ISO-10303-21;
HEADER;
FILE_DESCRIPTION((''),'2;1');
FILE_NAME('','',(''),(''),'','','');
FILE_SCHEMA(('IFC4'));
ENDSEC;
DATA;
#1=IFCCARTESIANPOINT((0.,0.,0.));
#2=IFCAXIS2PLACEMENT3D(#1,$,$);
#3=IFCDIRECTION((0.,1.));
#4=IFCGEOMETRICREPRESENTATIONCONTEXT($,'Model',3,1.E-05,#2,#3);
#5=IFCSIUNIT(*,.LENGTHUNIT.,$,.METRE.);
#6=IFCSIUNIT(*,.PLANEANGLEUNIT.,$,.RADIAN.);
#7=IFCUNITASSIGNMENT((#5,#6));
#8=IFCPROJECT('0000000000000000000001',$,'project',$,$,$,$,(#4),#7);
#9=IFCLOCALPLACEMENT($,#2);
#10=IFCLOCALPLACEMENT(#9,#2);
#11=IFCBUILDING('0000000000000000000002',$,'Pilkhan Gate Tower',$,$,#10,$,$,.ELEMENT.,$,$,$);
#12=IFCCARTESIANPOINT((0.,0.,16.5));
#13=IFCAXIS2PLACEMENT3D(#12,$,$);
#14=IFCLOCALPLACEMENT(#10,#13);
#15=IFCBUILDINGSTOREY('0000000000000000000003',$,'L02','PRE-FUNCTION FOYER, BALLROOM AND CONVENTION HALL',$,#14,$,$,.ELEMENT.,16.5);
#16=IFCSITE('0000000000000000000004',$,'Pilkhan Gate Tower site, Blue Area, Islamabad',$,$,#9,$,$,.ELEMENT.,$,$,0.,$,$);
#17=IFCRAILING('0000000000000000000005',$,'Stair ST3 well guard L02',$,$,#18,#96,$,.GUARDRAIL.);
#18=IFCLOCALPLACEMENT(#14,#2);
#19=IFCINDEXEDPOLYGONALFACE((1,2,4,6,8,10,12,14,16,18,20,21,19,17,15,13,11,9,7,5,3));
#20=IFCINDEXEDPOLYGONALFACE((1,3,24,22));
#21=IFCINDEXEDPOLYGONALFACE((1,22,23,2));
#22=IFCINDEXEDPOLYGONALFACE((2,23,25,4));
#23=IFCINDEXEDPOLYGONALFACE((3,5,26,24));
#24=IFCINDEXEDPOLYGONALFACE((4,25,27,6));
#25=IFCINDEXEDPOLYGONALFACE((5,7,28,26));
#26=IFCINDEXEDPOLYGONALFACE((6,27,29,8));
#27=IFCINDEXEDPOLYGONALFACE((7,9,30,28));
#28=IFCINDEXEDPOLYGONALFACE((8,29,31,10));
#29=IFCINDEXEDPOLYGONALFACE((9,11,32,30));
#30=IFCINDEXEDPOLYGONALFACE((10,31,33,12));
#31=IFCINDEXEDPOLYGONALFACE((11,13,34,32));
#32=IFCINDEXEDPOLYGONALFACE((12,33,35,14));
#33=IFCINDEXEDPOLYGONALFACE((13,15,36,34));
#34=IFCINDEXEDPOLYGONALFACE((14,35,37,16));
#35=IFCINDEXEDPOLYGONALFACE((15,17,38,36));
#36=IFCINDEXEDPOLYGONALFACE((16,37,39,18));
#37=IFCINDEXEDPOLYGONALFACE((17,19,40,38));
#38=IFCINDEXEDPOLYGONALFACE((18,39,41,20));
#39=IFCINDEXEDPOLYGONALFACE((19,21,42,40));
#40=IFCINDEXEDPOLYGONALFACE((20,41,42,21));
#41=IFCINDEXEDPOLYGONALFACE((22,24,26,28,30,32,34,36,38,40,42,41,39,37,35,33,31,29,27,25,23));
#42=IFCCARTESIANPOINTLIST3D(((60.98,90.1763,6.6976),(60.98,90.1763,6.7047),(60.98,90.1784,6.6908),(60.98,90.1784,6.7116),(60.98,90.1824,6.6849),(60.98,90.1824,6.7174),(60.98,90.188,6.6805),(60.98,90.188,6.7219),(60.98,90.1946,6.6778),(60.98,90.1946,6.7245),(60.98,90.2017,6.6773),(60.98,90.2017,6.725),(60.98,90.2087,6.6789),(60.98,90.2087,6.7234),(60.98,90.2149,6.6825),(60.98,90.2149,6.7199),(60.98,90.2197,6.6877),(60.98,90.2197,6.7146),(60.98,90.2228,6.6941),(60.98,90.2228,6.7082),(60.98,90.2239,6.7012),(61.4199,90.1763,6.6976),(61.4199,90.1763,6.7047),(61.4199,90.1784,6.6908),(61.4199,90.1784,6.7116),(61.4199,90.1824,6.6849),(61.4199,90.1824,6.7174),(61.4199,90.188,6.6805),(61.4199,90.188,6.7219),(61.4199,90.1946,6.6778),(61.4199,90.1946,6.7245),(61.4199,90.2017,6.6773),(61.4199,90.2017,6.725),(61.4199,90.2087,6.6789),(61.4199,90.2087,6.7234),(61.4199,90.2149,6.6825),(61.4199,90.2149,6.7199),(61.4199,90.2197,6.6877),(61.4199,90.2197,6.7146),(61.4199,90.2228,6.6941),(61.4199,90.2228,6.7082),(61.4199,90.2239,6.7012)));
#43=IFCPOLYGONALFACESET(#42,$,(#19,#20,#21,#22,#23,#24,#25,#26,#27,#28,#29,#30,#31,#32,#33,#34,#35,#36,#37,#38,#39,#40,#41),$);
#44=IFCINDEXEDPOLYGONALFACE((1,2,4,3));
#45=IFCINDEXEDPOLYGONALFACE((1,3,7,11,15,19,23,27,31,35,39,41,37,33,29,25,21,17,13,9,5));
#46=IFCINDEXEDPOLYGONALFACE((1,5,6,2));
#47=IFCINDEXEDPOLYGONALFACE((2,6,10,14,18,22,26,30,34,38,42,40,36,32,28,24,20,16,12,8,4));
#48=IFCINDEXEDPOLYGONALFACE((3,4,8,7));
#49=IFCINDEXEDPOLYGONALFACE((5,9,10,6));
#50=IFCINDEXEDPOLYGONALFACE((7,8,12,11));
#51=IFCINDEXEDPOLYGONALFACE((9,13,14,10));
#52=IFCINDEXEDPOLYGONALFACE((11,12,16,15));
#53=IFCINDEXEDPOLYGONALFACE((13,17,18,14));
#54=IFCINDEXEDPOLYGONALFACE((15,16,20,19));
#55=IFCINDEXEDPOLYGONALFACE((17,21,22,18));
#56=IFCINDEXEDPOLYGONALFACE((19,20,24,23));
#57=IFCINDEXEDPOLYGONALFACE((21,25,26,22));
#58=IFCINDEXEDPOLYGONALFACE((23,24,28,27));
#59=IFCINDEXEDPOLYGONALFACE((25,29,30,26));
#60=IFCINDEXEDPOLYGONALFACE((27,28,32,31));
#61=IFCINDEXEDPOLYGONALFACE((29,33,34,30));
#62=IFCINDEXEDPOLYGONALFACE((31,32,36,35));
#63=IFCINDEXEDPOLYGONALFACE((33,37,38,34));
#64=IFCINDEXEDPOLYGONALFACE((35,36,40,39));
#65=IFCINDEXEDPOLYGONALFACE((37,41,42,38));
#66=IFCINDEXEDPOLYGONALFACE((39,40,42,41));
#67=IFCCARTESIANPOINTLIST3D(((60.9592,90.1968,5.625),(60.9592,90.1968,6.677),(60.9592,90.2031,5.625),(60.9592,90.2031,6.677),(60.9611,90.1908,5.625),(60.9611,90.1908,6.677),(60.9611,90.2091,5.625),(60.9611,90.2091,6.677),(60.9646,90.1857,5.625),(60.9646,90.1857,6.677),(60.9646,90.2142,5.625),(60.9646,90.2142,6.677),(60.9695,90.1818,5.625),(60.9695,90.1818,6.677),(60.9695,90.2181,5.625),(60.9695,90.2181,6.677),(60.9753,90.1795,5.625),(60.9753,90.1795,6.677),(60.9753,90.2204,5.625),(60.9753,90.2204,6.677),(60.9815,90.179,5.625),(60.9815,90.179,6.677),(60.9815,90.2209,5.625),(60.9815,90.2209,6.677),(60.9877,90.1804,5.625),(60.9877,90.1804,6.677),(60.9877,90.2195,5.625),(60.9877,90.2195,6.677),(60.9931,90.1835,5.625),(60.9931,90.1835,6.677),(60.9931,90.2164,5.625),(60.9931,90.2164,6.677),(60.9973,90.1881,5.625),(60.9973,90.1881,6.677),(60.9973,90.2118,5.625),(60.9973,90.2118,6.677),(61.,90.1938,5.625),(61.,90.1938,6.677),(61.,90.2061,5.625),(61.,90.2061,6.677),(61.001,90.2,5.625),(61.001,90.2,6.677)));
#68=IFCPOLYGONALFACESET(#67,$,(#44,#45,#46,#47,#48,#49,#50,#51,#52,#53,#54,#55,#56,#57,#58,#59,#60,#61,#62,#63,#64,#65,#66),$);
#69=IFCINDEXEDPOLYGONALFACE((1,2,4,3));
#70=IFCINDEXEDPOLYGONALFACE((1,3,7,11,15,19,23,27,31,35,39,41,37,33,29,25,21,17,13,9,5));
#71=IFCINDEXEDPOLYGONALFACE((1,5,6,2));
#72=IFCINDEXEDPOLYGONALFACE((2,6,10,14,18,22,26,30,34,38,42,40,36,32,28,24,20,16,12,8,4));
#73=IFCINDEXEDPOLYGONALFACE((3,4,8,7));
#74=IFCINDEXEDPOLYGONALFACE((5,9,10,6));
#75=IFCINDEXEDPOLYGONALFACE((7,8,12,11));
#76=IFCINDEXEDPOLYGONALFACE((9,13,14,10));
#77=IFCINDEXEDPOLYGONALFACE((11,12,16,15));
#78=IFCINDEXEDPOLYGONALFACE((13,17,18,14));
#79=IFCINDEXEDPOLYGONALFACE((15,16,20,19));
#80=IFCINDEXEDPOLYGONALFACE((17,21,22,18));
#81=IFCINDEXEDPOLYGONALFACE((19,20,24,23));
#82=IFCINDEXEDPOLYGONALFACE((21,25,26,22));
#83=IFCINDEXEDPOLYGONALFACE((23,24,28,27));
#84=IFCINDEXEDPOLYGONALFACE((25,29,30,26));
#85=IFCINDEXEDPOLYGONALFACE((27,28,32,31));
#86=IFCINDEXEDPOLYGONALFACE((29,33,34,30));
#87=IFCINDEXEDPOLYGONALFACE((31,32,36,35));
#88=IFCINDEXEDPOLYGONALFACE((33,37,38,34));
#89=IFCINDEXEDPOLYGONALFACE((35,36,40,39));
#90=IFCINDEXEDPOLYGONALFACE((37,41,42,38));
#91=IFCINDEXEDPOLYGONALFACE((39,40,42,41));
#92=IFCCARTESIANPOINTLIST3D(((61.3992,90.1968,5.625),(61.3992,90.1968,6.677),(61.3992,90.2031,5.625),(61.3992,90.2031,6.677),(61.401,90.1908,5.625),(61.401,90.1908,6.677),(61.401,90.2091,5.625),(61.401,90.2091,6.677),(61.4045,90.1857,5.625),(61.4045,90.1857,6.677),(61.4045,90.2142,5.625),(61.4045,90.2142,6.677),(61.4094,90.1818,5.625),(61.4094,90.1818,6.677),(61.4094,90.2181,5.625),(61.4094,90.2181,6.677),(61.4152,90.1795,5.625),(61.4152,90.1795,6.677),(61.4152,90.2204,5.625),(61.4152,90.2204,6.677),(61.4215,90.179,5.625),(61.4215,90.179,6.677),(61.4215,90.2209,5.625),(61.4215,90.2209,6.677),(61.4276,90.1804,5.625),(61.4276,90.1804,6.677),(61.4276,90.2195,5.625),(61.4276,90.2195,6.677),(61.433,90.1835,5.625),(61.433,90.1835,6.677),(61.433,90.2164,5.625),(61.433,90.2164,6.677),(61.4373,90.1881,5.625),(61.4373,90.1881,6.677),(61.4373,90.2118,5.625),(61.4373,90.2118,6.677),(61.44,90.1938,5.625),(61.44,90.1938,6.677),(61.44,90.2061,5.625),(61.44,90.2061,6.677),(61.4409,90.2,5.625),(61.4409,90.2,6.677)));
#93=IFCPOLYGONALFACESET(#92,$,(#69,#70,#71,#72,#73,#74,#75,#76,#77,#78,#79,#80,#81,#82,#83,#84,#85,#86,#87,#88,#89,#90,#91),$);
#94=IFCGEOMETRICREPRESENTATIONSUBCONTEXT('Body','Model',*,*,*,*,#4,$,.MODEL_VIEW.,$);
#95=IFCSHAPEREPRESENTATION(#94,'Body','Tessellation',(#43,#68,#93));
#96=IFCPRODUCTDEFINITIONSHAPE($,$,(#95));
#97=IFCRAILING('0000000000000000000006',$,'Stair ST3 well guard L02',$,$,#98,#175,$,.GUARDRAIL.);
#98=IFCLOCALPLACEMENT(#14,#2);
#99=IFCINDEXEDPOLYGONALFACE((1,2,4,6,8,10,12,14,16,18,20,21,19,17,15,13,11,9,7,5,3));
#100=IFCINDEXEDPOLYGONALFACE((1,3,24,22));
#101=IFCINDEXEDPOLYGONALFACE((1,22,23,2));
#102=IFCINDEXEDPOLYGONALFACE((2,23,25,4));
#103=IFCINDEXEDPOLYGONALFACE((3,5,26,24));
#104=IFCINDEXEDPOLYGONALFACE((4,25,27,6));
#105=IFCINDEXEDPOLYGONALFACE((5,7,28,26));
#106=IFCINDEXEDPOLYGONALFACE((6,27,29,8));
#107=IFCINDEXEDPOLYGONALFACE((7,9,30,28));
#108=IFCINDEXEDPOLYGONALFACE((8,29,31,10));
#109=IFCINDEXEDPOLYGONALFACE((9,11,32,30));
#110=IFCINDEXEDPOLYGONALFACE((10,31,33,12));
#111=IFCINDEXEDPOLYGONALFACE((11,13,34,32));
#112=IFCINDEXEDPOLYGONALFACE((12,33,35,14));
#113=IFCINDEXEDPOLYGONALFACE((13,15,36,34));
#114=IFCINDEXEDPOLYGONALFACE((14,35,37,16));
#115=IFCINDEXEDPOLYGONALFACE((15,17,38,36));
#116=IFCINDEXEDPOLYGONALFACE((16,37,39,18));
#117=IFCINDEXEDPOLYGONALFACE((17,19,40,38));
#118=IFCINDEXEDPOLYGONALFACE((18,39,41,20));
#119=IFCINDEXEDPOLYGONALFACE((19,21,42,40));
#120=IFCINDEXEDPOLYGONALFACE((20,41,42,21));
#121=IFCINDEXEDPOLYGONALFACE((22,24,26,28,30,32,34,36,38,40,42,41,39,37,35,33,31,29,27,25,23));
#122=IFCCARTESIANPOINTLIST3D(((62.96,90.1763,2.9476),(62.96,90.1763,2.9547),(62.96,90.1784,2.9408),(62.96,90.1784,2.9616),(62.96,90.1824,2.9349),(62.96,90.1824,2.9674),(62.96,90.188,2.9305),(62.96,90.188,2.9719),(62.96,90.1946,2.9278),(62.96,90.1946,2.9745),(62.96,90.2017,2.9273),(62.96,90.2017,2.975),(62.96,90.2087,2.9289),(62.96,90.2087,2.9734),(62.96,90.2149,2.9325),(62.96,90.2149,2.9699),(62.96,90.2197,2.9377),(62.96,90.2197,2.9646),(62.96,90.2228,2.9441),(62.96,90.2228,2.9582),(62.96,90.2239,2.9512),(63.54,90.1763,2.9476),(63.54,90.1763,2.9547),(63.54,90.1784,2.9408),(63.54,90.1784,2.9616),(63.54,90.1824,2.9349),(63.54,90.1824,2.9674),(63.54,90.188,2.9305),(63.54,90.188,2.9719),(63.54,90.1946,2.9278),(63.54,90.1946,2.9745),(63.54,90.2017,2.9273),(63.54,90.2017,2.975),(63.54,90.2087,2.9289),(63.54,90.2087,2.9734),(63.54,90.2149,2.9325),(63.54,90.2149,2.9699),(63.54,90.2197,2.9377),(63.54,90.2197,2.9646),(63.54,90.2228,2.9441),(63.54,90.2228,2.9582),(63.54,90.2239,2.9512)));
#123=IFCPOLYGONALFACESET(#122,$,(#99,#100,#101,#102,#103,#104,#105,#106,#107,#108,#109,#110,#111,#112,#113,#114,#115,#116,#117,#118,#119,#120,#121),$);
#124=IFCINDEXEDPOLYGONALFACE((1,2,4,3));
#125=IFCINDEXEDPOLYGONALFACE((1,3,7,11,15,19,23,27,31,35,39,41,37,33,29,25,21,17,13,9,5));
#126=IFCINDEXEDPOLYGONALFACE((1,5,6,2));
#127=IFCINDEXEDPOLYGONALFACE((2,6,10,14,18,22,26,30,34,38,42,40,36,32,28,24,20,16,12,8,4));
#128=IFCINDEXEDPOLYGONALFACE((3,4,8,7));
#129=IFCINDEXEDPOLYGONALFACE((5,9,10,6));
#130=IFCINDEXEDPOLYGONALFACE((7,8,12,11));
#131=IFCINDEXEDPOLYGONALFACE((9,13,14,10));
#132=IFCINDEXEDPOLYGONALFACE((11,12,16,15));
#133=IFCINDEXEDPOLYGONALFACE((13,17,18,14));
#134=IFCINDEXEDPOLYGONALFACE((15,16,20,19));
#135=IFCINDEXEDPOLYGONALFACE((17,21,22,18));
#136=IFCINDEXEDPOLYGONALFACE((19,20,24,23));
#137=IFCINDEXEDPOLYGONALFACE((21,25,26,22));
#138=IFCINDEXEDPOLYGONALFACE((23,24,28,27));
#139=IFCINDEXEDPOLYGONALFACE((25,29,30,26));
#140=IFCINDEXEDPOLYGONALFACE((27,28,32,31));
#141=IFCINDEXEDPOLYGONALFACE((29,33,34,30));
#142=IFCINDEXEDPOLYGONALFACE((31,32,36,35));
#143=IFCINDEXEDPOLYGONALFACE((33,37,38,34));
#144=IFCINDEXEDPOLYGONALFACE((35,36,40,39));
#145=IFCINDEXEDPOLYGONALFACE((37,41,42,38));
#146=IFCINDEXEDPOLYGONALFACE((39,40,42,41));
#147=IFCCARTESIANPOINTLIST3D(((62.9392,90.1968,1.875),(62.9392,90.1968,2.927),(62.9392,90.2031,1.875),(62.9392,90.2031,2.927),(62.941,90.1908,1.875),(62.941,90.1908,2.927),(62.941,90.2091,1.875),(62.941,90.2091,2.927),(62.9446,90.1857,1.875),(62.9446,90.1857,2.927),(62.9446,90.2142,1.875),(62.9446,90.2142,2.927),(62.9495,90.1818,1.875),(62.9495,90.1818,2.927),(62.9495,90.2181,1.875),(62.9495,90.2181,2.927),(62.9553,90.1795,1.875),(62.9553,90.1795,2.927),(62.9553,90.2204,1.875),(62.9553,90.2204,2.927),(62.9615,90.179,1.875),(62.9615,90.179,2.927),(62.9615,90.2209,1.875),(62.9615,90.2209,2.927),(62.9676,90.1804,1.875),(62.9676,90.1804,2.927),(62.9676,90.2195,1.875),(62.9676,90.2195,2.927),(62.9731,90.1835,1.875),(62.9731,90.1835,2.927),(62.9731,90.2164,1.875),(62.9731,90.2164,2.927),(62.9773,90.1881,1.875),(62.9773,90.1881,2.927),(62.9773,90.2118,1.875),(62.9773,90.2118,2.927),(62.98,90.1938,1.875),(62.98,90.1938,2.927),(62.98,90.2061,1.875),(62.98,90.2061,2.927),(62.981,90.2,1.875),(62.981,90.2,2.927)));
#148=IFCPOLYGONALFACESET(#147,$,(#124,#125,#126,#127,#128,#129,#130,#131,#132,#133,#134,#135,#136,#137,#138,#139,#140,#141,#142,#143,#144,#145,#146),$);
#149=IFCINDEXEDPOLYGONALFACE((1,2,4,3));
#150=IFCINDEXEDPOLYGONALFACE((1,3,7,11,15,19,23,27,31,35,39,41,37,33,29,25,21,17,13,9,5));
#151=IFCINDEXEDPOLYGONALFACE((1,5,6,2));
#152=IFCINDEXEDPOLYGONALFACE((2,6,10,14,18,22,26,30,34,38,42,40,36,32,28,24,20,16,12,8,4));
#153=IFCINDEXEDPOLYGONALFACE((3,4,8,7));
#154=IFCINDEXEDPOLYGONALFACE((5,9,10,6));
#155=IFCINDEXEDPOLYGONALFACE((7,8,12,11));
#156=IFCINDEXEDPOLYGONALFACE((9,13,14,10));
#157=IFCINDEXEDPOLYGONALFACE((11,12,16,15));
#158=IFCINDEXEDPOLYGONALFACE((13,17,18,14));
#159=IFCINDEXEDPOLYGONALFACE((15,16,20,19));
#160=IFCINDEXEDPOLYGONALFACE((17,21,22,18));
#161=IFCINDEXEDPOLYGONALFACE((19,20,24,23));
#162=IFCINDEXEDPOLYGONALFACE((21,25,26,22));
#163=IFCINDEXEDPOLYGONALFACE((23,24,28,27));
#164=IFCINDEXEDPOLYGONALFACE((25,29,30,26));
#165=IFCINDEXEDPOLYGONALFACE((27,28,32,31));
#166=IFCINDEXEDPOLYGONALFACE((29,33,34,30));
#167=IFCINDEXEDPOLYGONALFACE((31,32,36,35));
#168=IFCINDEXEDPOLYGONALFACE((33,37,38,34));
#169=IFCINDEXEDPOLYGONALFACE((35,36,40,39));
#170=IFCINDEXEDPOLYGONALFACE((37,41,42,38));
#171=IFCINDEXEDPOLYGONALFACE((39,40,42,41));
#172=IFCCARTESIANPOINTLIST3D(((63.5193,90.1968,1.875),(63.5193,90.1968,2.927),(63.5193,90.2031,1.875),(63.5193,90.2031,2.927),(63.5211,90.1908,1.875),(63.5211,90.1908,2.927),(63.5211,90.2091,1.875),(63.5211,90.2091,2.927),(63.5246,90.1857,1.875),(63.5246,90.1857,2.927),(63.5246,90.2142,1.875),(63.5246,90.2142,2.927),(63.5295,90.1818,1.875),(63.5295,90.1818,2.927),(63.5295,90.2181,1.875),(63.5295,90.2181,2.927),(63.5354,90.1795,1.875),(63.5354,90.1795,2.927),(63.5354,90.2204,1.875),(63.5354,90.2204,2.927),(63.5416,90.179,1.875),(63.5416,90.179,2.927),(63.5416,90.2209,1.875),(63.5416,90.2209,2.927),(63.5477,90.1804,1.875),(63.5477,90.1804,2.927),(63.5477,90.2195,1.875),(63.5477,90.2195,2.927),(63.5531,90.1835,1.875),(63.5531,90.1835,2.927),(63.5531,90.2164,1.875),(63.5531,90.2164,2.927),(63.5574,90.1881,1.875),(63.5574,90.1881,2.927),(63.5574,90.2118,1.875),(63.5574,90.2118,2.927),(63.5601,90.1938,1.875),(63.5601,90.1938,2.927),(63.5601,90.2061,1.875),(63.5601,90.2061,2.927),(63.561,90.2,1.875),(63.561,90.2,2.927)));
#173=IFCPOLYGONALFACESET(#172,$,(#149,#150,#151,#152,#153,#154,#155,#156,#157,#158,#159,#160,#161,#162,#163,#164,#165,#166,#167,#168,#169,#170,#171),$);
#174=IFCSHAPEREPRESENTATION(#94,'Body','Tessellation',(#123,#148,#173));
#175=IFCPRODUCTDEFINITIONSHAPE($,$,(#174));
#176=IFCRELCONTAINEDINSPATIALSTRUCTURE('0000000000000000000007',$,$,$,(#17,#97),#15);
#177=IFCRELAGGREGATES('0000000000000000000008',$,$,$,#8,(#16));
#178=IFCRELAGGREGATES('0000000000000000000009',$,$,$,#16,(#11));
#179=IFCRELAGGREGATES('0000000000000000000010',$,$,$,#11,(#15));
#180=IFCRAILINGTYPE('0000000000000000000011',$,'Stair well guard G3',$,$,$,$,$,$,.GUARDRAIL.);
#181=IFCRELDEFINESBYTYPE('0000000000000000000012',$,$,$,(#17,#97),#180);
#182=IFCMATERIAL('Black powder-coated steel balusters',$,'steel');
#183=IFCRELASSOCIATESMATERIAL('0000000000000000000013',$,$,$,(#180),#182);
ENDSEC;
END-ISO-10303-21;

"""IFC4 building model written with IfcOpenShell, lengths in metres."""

from ifc_helpers import new_model, si_unit, direction, frame, origin, origin_2d, place, context, subcontext, project, spatial, circle, extrude, material, type_object, element, save


model = new_model("IFC4")

# Units and contexts
model_context = context("Model", 3, precision=1e-05, world=origin(), true_north=direction((0.0, 1.0)))
body_context = subcontext(model_context, "Body", "Model", "MODEL_VIEW")
ifc_project = project(units=[si_unit("LENGTHUNIT", "METRE"), si_unit("PLANEANGLEUNIT", "RADIAN")], contexts=[model_context])

# Site, building, storey
site_placement = place(None, origin())
site = spatial("IfcSite", under=ifc_project, at=site_placement, Name="Pilkhan Gate Tower site, Blue Area, Islamabad", CompositionType="ELEMENT", RefElevation=0.0)
building_placement = place(site_placement, origin())
building = spatial("IfcBuilding", under=site, at=building_placement, Name="Pilkhan Gate Tower", CompositionType="ELEMENT")
storey_placement = place(building_placement, frame((0.0, 0.0, 16.5)))
storey = spatial("IfcBuildingStorey", under=building, at=storey_placement, Name="L02", Description="PRE-FUNCTION FOYER, BALLROOM AND CONVENTION HALL", CompositionType="ELEMENT", Elevation=16.5)

# Railings
ifc_material_1 = material(Name="Black powder-coated steel balusters", Category="steel")
railing_type_1 = type_object("IfcRailingType", Name="Stair well guard G3", PredefinedType="GUARDRAIL", material=ifc_material_1)
railing_placement = place(storey_placement, frame((60.98, 90.2, 5.625)))
element("IfcRailing", 1, at=railing_placement, inside=storey, type_object=railing_type_1, Name="Stair ST3 well guard L02", PredefinedType="GUARDRAIL", context=body_context, shape_type="SweptSolid", body=[
    extrude(circle(Radius=0.0239, at=origin_2d()), frame((0.0, 0.0, 1.0762), z_axis=(1.0, 0.0, 0.0), x_axis=(0.0, 1.0, 0.0)), (0.0, 0.0, 1.0), 0.4399),
    extrude(circle(Radius=0.021, at=origin_2d()), origin(), (0.0, 0.0, 1.0), 1.052),
    extrude(circle(Radius=0.021, at=origin_2d()), frame((0.4399, 0.0, 0.0)), (0.0, 0.0, 1.0), 1.052),
])
for number, where, name in (
    (2, (62.96, 90.2, 1.875), "Stair ST3 well guard L02"),
):
    element("IfcRailing", number, at=place(storey_placement, frame(where)), inside=storey, type_object=railing_type_1, Name=name, PredefinedType="GUARDRAIL", context=body_context, shape_type="SweptSolid", body=[
        extrude(circle(Radius=0.0239, at=origin_2d()), frame((0.0, 0.0, 1.0762), z_axis=(1.0, 0.0, 0.0), x_axis=(0.0, 1.0, 0.0)), (0.0, 0.0, 1.0), 0.5801),
        extrude(circle(Radius=0.021, at=origin_2d()), origin(), (0.0, 0.0, 1.0), 1.052),
        extrude(circle(Radius=0.021, at=origin_2d()), frame((0.5801, 0.0, 0.0)), (0.0, 0.0, 1.0), 1.052),
    ])

save(model, "model.ifc")
